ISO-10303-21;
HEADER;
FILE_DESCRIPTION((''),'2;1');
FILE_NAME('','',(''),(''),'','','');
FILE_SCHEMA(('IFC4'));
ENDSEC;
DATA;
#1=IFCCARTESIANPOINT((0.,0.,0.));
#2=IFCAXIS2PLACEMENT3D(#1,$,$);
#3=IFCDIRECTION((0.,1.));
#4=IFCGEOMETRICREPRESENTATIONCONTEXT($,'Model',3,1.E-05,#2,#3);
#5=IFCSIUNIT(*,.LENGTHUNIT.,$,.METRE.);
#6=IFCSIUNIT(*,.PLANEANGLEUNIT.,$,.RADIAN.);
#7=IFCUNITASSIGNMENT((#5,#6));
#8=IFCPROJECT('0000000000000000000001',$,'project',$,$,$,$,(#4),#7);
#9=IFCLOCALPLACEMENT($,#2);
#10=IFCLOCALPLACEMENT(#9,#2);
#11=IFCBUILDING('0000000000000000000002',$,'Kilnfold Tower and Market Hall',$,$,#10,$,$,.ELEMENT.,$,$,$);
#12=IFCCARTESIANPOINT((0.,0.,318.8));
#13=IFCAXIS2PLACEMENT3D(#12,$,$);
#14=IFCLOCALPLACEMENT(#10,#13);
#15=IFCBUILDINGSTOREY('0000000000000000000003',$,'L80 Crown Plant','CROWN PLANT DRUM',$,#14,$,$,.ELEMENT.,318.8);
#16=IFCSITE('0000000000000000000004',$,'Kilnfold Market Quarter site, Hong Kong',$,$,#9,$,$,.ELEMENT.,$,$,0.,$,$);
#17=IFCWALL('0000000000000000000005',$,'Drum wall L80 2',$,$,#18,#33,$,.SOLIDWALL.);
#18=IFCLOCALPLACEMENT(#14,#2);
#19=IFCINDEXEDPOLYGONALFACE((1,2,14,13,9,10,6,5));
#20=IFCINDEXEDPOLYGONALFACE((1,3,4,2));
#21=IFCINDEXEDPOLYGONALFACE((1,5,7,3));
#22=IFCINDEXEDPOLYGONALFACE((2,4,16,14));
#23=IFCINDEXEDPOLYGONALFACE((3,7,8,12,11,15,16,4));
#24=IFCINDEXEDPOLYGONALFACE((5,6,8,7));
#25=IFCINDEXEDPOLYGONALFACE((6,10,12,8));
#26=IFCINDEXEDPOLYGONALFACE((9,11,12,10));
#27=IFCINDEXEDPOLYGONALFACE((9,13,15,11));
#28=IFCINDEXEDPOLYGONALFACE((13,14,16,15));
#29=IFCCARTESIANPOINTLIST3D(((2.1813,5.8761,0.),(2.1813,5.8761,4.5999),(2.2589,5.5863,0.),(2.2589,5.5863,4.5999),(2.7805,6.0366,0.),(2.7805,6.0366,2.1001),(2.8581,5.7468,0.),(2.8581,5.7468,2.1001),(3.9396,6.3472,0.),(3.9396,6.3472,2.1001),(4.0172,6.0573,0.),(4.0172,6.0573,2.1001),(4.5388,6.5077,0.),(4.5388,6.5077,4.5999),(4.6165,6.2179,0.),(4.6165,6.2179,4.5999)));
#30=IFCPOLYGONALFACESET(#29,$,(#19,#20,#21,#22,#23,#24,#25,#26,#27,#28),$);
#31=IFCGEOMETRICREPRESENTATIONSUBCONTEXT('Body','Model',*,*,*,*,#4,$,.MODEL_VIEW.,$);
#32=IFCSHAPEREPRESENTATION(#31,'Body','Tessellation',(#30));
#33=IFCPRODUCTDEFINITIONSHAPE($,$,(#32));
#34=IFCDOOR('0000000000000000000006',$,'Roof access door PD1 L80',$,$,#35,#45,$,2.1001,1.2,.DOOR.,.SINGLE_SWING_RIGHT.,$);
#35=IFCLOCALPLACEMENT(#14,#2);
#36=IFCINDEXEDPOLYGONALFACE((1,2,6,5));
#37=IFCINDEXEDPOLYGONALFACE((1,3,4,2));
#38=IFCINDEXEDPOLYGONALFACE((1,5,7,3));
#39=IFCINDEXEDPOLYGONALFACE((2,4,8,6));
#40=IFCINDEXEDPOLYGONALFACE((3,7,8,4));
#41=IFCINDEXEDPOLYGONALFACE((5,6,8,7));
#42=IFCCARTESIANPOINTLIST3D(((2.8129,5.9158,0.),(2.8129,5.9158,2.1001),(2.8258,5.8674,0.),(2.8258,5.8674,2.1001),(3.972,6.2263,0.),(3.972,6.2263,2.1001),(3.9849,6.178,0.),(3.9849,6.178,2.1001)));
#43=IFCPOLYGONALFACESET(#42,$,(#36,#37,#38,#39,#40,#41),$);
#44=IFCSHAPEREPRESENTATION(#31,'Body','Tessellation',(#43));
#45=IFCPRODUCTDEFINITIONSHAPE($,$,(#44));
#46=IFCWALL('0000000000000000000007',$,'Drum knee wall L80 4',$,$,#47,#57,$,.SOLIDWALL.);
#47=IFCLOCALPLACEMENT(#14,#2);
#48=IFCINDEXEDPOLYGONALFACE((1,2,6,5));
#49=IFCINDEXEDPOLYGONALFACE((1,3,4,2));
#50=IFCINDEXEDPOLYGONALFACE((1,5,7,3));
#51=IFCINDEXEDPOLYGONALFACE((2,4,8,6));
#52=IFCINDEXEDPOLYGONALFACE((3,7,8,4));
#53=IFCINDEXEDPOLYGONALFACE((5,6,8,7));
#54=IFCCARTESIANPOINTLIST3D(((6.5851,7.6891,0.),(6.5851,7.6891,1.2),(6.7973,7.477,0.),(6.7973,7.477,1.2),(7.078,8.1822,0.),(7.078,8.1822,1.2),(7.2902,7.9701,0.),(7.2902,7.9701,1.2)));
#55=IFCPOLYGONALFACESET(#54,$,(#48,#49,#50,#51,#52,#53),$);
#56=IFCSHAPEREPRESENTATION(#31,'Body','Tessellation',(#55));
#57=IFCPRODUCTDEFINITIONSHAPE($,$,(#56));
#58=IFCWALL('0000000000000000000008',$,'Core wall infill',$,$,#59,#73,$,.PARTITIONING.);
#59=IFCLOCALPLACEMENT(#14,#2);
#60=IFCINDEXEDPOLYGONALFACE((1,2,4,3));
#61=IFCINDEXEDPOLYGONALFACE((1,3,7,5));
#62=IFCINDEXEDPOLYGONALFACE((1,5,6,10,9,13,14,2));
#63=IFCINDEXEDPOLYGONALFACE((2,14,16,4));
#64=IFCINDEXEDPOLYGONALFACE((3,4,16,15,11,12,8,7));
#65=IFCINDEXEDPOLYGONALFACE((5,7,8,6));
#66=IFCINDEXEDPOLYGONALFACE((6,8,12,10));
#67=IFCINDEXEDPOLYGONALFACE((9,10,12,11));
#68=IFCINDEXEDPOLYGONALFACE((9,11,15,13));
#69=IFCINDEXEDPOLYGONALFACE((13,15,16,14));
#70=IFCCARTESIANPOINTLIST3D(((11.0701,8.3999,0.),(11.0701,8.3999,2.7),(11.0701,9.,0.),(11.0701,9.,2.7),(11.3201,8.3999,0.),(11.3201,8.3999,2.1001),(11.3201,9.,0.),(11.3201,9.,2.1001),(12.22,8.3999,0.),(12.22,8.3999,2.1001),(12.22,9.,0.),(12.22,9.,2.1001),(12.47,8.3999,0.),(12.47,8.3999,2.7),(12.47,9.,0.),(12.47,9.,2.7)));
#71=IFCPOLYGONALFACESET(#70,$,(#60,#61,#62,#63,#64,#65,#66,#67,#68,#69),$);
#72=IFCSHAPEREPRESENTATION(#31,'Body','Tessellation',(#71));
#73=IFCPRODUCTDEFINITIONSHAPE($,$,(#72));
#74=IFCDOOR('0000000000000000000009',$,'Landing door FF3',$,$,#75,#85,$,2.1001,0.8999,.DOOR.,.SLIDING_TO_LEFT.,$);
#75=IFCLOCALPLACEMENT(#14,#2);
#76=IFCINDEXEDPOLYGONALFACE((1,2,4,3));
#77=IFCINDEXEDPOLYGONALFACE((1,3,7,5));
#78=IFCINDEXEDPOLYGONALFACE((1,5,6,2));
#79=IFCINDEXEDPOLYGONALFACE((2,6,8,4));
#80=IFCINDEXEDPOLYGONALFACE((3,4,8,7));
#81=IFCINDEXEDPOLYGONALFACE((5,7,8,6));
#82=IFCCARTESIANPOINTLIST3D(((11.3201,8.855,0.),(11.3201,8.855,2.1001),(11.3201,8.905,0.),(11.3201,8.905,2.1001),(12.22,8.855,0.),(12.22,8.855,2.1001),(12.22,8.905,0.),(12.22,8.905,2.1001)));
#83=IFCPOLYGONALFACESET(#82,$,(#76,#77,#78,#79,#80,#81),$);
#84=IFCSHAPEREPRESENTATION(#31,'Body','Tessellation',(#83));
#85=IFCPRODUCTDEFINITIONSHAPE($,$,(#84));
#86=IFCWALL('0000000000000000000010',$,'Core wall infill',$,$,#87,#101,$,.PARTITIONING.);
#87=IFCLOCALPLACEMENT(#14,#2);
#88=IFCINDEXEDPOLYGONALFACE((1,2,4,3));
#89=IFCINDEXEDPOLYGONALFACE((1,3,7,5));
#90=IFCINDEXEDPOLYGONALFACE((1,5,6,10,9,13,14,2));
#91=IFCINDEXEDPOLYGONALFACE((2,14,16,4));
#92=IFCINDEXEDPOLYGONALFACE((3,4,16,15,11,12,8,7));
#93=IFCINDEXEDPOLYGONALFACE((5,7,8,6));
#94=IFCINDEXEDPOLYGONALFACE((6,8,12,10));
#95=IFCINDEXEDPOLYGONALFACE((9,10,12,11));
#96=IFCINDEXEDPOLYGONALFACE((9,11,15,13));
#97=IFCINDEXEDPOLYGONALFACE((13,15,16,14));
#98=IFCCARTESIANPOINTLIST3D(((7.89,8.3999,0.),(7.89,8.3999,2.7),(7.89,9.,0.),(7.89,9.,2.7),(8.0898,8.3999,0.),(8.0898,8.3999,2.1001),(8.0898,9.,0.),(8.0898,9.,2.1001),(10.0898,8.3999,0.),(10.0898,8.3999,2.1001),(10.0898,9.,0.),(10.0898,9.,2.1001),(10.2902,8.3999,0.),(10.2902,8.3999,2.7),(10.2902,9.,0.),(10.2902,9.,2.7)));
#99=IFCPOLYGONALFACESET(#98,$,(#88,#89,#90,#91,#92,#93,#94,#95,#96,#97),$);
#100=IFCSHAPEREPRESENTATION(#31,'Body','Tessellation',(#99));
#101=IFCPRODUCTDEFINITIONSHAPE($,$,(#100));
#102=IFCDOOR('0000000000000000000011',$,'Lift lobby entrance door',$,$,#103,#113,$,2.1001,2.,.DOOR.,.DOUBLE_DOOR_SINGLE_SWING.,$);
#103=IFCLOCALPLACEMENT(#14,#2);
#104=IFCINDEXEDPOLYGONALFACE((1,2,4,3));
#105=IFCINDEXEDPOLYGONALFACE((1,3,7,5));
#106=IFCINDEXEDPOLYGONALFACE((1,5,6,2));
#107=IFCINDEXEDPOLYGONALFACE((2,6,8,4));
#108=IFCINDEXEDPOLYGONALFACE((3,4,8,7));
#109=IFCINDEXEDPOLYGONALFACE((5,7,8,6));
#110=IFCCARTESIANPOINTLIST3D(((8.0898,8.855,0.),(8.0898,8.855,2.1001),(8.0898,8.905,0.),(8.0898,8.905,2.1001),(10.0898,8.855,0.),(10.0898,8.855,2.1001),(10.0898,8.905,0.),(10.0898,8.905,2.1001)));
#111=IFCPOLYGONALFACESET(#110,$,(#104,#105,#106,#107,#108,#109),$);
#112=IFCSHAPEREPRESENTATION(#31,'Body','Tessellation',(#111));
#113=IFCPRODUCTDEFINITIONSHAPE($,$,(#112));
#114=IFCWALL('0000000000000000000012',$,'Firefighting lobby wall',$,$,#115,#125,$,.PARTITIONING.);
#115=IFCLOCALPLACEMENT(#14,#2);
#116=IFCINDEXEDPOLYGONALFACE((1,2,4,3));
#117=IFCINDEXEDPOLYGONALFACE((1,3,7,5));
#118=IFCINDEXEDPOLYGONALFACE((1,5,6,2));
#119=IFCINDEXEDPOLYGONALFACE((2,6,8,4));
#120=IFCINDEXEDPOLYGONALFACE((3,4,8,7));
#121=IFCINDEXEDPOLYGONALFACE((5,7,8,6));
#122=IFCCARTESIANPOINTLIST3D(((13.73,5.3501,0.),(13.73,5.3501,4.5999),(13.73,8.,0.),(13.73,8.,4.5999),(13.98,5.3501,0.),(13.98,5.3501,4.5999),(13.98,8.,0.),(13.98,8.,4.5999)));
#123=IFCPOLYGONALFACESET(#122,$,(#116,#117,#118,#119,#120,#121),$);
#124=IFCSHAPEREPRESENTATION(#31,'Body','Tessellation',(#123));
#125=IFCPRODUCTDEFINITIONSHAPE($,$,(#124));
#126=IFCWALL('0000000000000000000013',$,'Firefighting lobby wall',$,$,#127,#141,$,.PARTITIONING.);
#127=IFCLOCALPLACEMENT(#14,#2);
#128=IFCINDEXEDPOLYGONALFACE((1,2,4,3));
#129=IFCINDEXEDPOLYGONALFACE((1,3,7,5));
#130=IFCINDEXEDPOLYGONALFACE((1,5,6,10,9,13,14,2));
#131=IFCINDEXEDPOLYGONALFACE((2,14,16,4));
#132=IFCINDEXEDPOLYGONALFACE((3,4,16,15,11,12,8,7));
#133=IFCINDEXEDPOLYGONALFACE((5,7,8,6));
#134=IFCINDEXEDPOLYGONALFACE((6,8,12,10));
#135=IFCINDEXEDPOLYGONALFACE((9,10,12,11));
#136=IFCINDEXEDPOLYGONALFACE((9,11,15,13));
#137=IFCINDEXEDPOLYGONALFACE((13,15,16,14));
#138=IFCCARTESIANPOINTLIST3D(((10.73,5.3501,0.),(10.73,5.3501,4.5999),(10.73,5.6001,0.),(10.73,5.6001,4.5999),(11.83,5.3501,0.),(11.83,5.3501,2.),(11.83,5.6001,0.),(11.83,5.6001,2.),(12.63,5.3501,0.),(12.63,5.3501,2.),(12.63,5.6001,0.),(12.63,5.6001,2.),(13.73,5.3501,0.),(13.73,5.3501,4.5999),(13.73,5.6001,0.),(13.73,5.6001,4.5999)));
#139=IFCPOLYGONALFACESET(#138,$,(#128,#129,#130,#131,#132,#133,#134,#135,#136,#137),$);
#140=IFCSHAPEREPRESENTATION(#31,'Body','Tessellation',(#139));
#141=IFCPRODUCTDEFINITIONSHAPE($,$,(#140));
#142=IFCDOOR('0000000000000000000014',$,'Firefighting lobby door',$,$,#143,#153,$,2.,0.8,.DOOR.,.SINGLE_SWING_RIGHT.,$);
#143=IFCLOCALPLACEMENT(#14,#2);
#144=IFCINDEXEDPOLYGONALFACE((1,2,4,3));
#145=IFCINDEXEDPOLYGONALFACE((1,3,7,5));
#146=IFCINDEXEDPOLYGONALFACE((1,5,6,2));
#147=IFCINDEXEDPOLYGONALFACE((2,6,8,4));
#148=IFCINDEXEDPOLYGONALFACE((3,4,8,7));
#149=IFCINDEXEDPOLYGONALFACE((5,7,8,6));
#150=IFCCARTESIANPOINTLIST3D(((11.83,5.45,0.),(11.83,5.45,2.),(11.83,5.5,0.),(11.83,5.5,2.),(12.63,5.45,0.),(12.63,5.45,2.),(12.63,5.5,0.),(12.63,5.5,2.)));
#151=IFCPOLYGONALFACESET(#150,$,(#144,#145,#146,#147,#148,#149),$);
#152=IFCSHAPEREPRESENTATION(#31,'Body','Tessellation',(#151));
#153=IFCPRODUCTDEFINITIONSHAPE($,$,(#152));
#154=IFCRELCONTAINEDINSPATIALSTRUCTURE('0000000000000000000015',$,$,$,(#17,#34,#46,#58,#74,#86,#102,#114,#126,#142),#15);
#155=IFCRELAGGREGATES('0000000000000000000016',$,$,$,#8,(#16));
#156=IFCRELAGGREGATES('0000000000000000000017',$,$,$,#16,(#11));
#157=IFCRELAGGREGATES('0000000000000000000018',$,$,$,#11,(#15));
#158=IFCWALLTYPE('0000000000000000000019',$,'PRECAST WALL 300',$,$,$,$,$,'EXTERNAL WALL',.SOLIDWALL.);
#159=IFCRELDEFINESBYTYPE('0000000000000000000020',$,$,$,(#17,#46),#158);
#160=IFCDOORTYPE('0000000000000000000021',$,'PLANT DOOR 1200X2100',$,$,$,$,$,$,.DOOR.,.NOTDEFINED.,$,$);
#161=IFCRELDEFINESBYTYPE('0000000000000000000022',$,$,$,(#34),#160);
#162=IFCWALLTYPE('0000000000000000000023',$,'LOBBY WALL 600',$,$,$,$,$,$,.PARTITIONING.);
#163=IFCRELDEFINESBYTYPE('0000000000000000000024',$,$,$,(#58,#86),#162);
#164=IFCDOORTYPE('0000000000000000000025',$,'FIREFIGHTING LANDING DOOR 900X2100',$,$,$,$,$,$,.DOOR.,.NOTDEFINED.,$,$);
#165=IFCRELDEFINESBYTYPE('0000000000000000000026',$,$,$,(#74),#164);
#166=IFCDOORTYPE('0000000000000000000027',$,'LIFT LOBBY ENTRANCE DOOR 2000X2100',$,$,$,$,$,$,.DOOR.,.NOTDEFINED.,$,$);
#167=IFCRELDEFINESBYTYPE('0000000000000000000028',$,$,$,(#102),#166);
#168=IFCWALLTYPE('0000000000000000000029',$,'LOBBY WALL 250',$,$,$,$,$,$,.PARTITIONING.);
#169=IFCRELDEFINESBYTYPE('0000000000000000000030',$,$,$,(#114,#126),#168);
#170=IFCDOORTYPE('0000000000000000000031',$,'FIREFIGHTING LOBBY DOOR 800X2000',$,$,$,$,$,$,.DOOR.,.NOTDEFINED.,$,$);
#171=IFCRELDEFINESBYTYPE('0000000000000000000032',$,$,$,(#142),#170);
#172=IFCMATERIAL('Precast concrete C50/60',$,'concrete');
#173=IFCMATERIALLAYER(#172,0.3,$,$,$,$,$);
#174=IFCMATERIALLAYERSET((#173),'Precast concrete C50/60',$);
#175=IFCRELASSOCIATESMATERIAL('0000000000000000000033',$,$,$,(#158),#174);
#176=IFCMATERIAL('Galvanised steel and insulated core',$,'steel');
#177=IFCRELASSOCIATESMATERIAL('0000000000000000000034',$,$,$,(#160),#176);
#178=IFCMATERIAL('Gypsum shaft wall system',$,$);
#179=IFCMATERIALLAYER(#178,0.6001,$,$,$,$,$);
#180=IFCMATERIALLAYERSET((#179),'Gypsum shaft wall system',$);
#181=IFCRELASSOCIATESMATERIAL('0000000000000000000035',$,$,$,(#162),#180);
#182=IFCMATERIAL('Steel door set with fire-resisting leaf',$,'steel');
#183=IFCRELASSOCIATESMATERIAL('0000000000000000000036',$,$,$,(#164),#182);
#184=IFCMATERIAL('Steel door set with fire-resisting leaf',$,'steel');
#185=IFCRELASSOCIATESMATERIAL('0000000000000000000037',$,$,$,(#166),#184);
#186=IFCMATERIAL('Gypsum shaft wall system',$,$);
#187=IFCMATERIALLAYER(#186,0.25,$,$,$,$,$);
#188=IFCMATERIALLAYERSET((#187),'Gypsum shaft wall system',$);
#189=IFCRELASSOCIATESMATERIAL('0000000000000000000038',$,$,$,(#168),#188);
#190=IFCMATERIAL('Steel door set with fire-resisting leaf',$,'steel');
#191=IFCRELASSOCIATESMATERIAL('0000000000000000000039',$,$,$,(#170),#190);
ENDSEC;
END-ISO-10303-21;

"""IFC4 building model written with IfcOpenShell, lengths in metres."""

from ifc_helpers import new_model, si_unit, direction, frame, frame_2d, origin, place, context, subcontext, project, spatial, rectangle, extrude, source, transform, mapped, material, layer, layer_set, type_object, element, fill, save


model = new_model("IFC4")

# Units and contexts
model_context = context("Model", 3, precision=1e-05, world=origin(), true_north=direction((0.0, 1.0)))
body_context = subcontext(model_context, "Body", "Model", "MODEL_VIEW")
ifc_project = project(units=[si_unit("LENGTHUNIT", "METRE"), si_unit("PLANEANGLEUNIT", "RADIAN")], contexts=[model_context])

# Site, building, storey
site_placement = place(None, origin())
site = spatial("IfcSite", under=ifc_project, at=site_placement, Name="Kilnfold Market Quarter site, Hong Kong", CompositionType="ELEMENT", RefElevation=0.0)
building_placement = place(site_placement, origin())
building = spatial("IfcBuilding", under=site, at=building_placement, Name="Kilnfold Tower and Market Hall", CompositionType="ELEMENT")
storey_placement = place(building_placement, frame((0.0, 0.0, 318.8)))
storey = spatial("IfcBuildingStorey", under=building, at=storey_placement, Name="L80 Crown Plant", Description="CROWN PLANT DRUM", CompositionType="ELEMENT", Elevation=318.8)

# Shared definitions
ifc_material_1 = material(Name="Precast concrete C50/60", Category="concrete")
ifc_layer_1 = layer(ifc_material_1, 0.3)
ifc_layer_set_1 = layer_set([ifc_layer_1], Name="Precast concrete C50/60")
wall_type_1 = type_object("IfcWallType", Name="PRECAST WALL 300", ElementType="EXTERNAL WALL", PredefinedType="SOLIDWALL", material=ifc_layer_set_1)

# Wall, opening, door
shared_shape_1 = source(origin(), body_context, "Body", "SweptSolid", [
    extrude(rectangle(XDim=2.4407, YDim=0.3, at=frame_2d((1.2202, 0.0))), origin(), (0.0, 0.0, 1.0), 4.5999),
])
wall_1_placement = place(storey_placement, frame((2.2202, 5.7312, 0.0), z_axis=(0.0, 0.0, 1.0), x_axis=(0.965934, 0.258789, 0.0)))
wall_1 = element("IfcWall", 1, at=wall_1_placement, inside=storey, type_object=wall_type_1, Name="Drum wall L80 2", PredefinedType="SOLIDWALL", context=body_context, shape_type="MappedRepresentation", body=[
    mapped(shared_shape_1, transform((0.0, 0.0, 0.0))),
])
opening_1_placement = place(wall_1_placement, frame((0.6201, 0.0, 0.0)))
opening_1 = element("IfcOpeningElement", 2, at=opening_1_placement, cuts=wall_1, PredefinedType="OPENING", context=body_context, shape_type="SweptSolid", body=[
    extrude(rectangle(XDim=1.2, YDim=2.1001, at=frame_2d((0.6001, 1.05))), frame((0.0, 0.1602, 0.0), z_axis=(0.0, -1.0, 0.0), x_axis=(1.0, 0.0, 0.0)), (0.0, 0.0, 1.0), 0.3201),
])
ifc_material_2 = material(Name="Galvanised steel and insulated core", Category="steel")
door_type_1 = type_object("IfcDoorType", Name="PLANT DOOR 1200X2100", OperationType="NOTDEFINED", PredefinedType="DOOR", material=ifc_material_2)
door_1_placement = place(opening_1_placement, origin())
door_1 = element("IfcDoor", 3, at=door_1_placement, inside=storey, type_object=door_type_1, Name="Roof access door PD1 L80", OperationType="SINGLE_SWING_RIGHT", OverallHeight=2.1001, OverallWidth=1.2, PredefinedType="DOOR", context=body_context, shape_type="SweptSolid", body=[
    extrude(rectangle(XDim=1.2, YDim=2.1001, at=frame_2d((0.6001, 1.05))), frame((0.0, 0.0249, 0.0), z_axis=(0.0, -1.0, 0.0), x_axis=(1.0, 0.0, 0.0)), (0.0, 0.0, 1.0), 0.05),
])
fill(opening_1, door_1)

# Wall
shared_shape_2 = source(origin(), body_context, "Body", "SweptSolid", [
    extrude(rectangle(XDim=0.6973, YDim=0.3, at=frame_2d((0.3486, 0.0))), origin(), (0.0, 0.0, 1.0), 1.2),
])
wall_2_placement = place(storey_placement, frame((6.6912, 7.583, 0.0), z_axis=(0.0, 0.0, 1.0), x_axis=(0.706932, 0.707282, 0.0)))
element("IfcWall", 4, at=wall_2_placement, inside=storey, type_object=wall_type_1, Name="Drum knee wall L80 4", PredefinedType="SOLIDWALL", context=body_context, shape_type="MappedRepresentation", body=[
    mapped(shared_shape_2, transform((0.0, 0.0, 0.0))),
])

# Walls, openings, doors
ifc_material_3 = material(Name="Gypsum shaft wall system")
ifc_layer_2 = layer(ifc_material_3, 0.6001)
ifc_layer_set_2 = layer_set([ifc_layer_2], Name="Gypsum shaft wall system")
wall_type_2 = type_object("IfcWallType", Name="LOBBY WALL 600", PredefinedType="PARTITIONING", material=ifc_layer_set_2)
shared_shape_3 = source(origin(), body_context, "Body", "SweptSolid", [
    extrude(rectangle(XDim=1.3999, YDim=0.6001, at=frame_2d((0.7, 0.0))), origin(), (0.0, 0.0, 1.0), 2.7),
])
wall_3_placement = place(storey_placement, frame((11.0701, 8.7, 0.0), z_axis=(0.0, 0.0, 1.0), x_axis=(1.0, 0.0, 0.0)))
wall_3 = element("IfcWall", 5, at=wall_3_placement, inside=storey, type_object=wall_type_2, Name="Core wall infill", PredefinedType="PARTITIONING", context=body_context, shape_type="MappedRepresentation", body=[
    mapped(shared_shape_3, transform((0.0, 0.0, 0.0))),
])
opening_2_placement = place(wall_3_placement, frame((0.25, 0.0, 0.0)))
opening_2 = element("IfcOpeningElement", 6, at=opening_2_placement, cuts=wall_3, PredefinedType="OPENING", context=body_context, shape_type="SweptSolid", body=[
    extrude(rectangle(XDim=0.8999, YDim=2.1001, at=frame_2d((0.45, 1.05))), frame((0.0, 0.3101, 0.0), z_axis=(0.0, -1.0, 0.0), x_axis=(1.0, 0.0, 0.0)), (0.0, 0.0, 1.0), 0.6201),
])
ifc_material_4 = material(Name="Steel door set with fire-resisting leaf", Category="steel")
door_type_2 = type_object("IfcDoorType", Name="FIREFIGHTING LANDING DOOR 900X2100", OperationType="NOTDEFINED", PredefinedType="DOOR", material=ifc_material_4)
door_2_placement = place(opening_2_placement, origin())
door_2 = element("IfcDoor", 7, at=door_2_placement, inside=storey, type_object=door_type_2, Name="Landing door FF3", OperationType="SLIDING_TO_LEFT", OverallHeight=2.1001, OverallWidth=0.8999, PredefinedType="DOOR", context=body_context, shape_type="SweptSolid", body=[
    extrude(rectangle(XDim=0.8999, YDim=2.1001, at=frame_2d((0.45, 1.05))), frame((0.0, 0.2051, 0.0), z_axis=(0.0, -1.0, 0.0), x_axis=(1.0, 0.0, 0.0)), (0.0, 0.0, 1.0), 0.05),
])
fill(opening_2, door_2)
shared_shape_4 = source(origin(), body_context, "Body", "SweptSolid", [
    extrude(rectangle(XDim=2.4001, YDim=0.6001, at=frame_2d((1.2002, 0.0))), origin(), (0.0, 0.0, 1.0), 2.7),
])
wall_4_placement = place(storey_placement, frame((7.8899, 8.7, 0.0), z_axis=(0.0, 0.0, 1.0), x_axis=(1.0, 0.0, 0.0)))
wall_4 = element("IfcWall", 8, at=wall_4_placement, inside=storey, type_object=wall_type_2, Name="Core wall infill", PredefinedType="PARTITIONING", context=body_context, shape_type="MappedRepresentation", body=[
    mapped(shared_shape_4, transform((0.0, 0.0, 0.0))),
])
opening_3_placement = place(wall_4_placement, frame((0.2, 0.0, 0.0)))
opening_3 = element("IfcOpeningElement", 9, at=opening_3_placement, cuts=wall_4, PredefinedType="OPENING", context=body_context, shape_type="SweptSolid", body=[
    extrude(rectangle(XDim=2.0, YDim=2.1001, at=frame_2d((1.0, 1.05))), frame((0.0, 0.3101, 0.0), z_axis=(0.0, -1.0, 0.0), x_axis=(1.0, 0.0, 0.0)), (0.0, 0.0, 1.0), 0.6201),
])
ifc_material_5 = material(Name="Steel door set with fire-resisting leaf", Category="steel")
door_type_3 = type_object("IfcDoorType", Name="LIFT LOBBY ENTRANCE DOOR 2000X2100", OperationType="NOTDEFINED", PredefinedType="DOOR", material=ifc_material_5)
door_3_placement = place(opening_3_placement, origin())
door_3 = element("IfcDoor", 10, at=door_3_placement, inside=storey, type_object=door_type_3, Name="Lift lobby entrance door", OperationType="DOUBLE_DOOR_SINGLE_SWING", OverallHeight=2.1001, OverallWidth=2.0, PredefinedType="DOOR", context=body_context, shape_type="SweptSolid", body=[
    extrude(rectangle(XDim=2.0, YDim=2.1001, at=frame_2d((1.0, 1.05))), frame((0.0, 0.2051, 0.0), z_axis=(0.0, -1.0, 0.0), x_axis=(1.0, 0.0, 0.0)), (0.0, 0.0, 1.0), 0.05),
])
fill(opening_3, door_3)

# Wall
ifc_material_6 = material(Name="Gypsum shaft wall system")
ifc_layer_3 = layer(ifc_material_6, 0.25)
ifc_layer_set_3 = layer_set([ifc_layer_3], Name="Gypsum shaft wall system")
wall_type_3 = type_object("IfcWallType", Name="LOBBY WALL 250", PredefinedType="PARTITIONING", material=ifc_layer_set_3)
shared_shape_5 = source(origin(), body_context, "Body", "SweptSolid", [
    extrude(rectangle(XDim=2.6499, YDim=0.25, at=frame_2d((1.325, 0.0))), origin(), (0.0, 0.0, 1.0), 4.5999),
])
wall_5_placement = place(storey_placement, frame((13.855, 5.3501, 0.0), z_axis=(0.0, 0.0, 1.0), x_axis=(0.0, 1.0, 0.0)))
element("IfcWall", 11, at=wall_5_placement, inside=storey, type_object=wall_type_3, Name="Firefighting lobby wall", PredefinedType="PARTITIONING", context=body_context, shape_type="MappedRepresentation", body=[
    mapped(shared_shape_5, transform((0.0, 0.0, 0.0))),
])

# Wall, opening, door
shared_shape_6 = source(origin(), body_context, "Body", "SweptSolid", [
    extrude(rectangle(XDim=3.0, YDim=0.25, at=frame_2d((1.5, 0.0))), origin(), (0.0, 0.0, 1.0), 4.5999),
])
wall_6_placement = place(storey_placement, frame((10.73, 5.4751, 0.0), z_axis=(0.0, 0.0, 1.0), x_axis=(1.0, 0.0, 0.0)))
wall_6 = element("IfcWall", 12, at=wall_6_placement, inside=storey, type_object=wall_type_3, Name="Firefighting lobby wall", PredefinedType="PARTITIONING", context=body_context, shape_type="MappedRepresentation", body=[
    mapped(shared_shape_6, transform((0.0, 0.0, 0.0))),
])
opening_4_placement = place(wall_6_placement, frame((1.1001, 0.0, 0.0)))
opening_4 = element("IfcOpeningElement", 13, at=opening_4_placement, cuts=wall_6, PredefinedType="OPENING", context=body_context, shape_type="SweptSolid", body=[
    extrude(rectangle(XDim=0.8, YDim=2.0, at=frame_2d((0.3999, 1.0))), frame((0.0, 0.135, 0.0), z_axis=(0.0, -1.0, 0.0), x_axis=(1.0, 0.0, 0.0)), (0.0, 0.0, 1.0), 0.27),
])
ifc_material_7 = material(Name="Steel door set with fire-resisting leaf", Category="steel")
door_type_4 = type_object("IfcDoorType", Name="FIREFIGHTING LOBBY DOOR 800X2000", OperationType="NOTDEFINED", PredefinedType="DOOR", material=ifc_material_7)
door_4_placement = place(opening_4_placement, origin())
door_4 = element("IfcDoor", 14, at=door_4_placement, inside=storey, type_object=door_type_4, Name="Firefighting lobby door", OperationType="SINGLE_SWING_RIGHT", OverallHeight=2.0, OverallWidth=0.8, PredefinedType="DOOR", context=body_context, shape_type="SweptSolid", body=[
    extrude(rectangle(XDim=0.8, YDim=2.0, at=frame_2d((0.3999, 1.0))), frame((0.0, 0.0249, 0.0), z_axis=(0.0, -1.0, 0.0), x_axis=(1.0, 0.0, 0.0)), (0.0, 0.0, 1.0), 0.05),
])
fill(opening_4, door_4)

save(model, "model.ifc")
